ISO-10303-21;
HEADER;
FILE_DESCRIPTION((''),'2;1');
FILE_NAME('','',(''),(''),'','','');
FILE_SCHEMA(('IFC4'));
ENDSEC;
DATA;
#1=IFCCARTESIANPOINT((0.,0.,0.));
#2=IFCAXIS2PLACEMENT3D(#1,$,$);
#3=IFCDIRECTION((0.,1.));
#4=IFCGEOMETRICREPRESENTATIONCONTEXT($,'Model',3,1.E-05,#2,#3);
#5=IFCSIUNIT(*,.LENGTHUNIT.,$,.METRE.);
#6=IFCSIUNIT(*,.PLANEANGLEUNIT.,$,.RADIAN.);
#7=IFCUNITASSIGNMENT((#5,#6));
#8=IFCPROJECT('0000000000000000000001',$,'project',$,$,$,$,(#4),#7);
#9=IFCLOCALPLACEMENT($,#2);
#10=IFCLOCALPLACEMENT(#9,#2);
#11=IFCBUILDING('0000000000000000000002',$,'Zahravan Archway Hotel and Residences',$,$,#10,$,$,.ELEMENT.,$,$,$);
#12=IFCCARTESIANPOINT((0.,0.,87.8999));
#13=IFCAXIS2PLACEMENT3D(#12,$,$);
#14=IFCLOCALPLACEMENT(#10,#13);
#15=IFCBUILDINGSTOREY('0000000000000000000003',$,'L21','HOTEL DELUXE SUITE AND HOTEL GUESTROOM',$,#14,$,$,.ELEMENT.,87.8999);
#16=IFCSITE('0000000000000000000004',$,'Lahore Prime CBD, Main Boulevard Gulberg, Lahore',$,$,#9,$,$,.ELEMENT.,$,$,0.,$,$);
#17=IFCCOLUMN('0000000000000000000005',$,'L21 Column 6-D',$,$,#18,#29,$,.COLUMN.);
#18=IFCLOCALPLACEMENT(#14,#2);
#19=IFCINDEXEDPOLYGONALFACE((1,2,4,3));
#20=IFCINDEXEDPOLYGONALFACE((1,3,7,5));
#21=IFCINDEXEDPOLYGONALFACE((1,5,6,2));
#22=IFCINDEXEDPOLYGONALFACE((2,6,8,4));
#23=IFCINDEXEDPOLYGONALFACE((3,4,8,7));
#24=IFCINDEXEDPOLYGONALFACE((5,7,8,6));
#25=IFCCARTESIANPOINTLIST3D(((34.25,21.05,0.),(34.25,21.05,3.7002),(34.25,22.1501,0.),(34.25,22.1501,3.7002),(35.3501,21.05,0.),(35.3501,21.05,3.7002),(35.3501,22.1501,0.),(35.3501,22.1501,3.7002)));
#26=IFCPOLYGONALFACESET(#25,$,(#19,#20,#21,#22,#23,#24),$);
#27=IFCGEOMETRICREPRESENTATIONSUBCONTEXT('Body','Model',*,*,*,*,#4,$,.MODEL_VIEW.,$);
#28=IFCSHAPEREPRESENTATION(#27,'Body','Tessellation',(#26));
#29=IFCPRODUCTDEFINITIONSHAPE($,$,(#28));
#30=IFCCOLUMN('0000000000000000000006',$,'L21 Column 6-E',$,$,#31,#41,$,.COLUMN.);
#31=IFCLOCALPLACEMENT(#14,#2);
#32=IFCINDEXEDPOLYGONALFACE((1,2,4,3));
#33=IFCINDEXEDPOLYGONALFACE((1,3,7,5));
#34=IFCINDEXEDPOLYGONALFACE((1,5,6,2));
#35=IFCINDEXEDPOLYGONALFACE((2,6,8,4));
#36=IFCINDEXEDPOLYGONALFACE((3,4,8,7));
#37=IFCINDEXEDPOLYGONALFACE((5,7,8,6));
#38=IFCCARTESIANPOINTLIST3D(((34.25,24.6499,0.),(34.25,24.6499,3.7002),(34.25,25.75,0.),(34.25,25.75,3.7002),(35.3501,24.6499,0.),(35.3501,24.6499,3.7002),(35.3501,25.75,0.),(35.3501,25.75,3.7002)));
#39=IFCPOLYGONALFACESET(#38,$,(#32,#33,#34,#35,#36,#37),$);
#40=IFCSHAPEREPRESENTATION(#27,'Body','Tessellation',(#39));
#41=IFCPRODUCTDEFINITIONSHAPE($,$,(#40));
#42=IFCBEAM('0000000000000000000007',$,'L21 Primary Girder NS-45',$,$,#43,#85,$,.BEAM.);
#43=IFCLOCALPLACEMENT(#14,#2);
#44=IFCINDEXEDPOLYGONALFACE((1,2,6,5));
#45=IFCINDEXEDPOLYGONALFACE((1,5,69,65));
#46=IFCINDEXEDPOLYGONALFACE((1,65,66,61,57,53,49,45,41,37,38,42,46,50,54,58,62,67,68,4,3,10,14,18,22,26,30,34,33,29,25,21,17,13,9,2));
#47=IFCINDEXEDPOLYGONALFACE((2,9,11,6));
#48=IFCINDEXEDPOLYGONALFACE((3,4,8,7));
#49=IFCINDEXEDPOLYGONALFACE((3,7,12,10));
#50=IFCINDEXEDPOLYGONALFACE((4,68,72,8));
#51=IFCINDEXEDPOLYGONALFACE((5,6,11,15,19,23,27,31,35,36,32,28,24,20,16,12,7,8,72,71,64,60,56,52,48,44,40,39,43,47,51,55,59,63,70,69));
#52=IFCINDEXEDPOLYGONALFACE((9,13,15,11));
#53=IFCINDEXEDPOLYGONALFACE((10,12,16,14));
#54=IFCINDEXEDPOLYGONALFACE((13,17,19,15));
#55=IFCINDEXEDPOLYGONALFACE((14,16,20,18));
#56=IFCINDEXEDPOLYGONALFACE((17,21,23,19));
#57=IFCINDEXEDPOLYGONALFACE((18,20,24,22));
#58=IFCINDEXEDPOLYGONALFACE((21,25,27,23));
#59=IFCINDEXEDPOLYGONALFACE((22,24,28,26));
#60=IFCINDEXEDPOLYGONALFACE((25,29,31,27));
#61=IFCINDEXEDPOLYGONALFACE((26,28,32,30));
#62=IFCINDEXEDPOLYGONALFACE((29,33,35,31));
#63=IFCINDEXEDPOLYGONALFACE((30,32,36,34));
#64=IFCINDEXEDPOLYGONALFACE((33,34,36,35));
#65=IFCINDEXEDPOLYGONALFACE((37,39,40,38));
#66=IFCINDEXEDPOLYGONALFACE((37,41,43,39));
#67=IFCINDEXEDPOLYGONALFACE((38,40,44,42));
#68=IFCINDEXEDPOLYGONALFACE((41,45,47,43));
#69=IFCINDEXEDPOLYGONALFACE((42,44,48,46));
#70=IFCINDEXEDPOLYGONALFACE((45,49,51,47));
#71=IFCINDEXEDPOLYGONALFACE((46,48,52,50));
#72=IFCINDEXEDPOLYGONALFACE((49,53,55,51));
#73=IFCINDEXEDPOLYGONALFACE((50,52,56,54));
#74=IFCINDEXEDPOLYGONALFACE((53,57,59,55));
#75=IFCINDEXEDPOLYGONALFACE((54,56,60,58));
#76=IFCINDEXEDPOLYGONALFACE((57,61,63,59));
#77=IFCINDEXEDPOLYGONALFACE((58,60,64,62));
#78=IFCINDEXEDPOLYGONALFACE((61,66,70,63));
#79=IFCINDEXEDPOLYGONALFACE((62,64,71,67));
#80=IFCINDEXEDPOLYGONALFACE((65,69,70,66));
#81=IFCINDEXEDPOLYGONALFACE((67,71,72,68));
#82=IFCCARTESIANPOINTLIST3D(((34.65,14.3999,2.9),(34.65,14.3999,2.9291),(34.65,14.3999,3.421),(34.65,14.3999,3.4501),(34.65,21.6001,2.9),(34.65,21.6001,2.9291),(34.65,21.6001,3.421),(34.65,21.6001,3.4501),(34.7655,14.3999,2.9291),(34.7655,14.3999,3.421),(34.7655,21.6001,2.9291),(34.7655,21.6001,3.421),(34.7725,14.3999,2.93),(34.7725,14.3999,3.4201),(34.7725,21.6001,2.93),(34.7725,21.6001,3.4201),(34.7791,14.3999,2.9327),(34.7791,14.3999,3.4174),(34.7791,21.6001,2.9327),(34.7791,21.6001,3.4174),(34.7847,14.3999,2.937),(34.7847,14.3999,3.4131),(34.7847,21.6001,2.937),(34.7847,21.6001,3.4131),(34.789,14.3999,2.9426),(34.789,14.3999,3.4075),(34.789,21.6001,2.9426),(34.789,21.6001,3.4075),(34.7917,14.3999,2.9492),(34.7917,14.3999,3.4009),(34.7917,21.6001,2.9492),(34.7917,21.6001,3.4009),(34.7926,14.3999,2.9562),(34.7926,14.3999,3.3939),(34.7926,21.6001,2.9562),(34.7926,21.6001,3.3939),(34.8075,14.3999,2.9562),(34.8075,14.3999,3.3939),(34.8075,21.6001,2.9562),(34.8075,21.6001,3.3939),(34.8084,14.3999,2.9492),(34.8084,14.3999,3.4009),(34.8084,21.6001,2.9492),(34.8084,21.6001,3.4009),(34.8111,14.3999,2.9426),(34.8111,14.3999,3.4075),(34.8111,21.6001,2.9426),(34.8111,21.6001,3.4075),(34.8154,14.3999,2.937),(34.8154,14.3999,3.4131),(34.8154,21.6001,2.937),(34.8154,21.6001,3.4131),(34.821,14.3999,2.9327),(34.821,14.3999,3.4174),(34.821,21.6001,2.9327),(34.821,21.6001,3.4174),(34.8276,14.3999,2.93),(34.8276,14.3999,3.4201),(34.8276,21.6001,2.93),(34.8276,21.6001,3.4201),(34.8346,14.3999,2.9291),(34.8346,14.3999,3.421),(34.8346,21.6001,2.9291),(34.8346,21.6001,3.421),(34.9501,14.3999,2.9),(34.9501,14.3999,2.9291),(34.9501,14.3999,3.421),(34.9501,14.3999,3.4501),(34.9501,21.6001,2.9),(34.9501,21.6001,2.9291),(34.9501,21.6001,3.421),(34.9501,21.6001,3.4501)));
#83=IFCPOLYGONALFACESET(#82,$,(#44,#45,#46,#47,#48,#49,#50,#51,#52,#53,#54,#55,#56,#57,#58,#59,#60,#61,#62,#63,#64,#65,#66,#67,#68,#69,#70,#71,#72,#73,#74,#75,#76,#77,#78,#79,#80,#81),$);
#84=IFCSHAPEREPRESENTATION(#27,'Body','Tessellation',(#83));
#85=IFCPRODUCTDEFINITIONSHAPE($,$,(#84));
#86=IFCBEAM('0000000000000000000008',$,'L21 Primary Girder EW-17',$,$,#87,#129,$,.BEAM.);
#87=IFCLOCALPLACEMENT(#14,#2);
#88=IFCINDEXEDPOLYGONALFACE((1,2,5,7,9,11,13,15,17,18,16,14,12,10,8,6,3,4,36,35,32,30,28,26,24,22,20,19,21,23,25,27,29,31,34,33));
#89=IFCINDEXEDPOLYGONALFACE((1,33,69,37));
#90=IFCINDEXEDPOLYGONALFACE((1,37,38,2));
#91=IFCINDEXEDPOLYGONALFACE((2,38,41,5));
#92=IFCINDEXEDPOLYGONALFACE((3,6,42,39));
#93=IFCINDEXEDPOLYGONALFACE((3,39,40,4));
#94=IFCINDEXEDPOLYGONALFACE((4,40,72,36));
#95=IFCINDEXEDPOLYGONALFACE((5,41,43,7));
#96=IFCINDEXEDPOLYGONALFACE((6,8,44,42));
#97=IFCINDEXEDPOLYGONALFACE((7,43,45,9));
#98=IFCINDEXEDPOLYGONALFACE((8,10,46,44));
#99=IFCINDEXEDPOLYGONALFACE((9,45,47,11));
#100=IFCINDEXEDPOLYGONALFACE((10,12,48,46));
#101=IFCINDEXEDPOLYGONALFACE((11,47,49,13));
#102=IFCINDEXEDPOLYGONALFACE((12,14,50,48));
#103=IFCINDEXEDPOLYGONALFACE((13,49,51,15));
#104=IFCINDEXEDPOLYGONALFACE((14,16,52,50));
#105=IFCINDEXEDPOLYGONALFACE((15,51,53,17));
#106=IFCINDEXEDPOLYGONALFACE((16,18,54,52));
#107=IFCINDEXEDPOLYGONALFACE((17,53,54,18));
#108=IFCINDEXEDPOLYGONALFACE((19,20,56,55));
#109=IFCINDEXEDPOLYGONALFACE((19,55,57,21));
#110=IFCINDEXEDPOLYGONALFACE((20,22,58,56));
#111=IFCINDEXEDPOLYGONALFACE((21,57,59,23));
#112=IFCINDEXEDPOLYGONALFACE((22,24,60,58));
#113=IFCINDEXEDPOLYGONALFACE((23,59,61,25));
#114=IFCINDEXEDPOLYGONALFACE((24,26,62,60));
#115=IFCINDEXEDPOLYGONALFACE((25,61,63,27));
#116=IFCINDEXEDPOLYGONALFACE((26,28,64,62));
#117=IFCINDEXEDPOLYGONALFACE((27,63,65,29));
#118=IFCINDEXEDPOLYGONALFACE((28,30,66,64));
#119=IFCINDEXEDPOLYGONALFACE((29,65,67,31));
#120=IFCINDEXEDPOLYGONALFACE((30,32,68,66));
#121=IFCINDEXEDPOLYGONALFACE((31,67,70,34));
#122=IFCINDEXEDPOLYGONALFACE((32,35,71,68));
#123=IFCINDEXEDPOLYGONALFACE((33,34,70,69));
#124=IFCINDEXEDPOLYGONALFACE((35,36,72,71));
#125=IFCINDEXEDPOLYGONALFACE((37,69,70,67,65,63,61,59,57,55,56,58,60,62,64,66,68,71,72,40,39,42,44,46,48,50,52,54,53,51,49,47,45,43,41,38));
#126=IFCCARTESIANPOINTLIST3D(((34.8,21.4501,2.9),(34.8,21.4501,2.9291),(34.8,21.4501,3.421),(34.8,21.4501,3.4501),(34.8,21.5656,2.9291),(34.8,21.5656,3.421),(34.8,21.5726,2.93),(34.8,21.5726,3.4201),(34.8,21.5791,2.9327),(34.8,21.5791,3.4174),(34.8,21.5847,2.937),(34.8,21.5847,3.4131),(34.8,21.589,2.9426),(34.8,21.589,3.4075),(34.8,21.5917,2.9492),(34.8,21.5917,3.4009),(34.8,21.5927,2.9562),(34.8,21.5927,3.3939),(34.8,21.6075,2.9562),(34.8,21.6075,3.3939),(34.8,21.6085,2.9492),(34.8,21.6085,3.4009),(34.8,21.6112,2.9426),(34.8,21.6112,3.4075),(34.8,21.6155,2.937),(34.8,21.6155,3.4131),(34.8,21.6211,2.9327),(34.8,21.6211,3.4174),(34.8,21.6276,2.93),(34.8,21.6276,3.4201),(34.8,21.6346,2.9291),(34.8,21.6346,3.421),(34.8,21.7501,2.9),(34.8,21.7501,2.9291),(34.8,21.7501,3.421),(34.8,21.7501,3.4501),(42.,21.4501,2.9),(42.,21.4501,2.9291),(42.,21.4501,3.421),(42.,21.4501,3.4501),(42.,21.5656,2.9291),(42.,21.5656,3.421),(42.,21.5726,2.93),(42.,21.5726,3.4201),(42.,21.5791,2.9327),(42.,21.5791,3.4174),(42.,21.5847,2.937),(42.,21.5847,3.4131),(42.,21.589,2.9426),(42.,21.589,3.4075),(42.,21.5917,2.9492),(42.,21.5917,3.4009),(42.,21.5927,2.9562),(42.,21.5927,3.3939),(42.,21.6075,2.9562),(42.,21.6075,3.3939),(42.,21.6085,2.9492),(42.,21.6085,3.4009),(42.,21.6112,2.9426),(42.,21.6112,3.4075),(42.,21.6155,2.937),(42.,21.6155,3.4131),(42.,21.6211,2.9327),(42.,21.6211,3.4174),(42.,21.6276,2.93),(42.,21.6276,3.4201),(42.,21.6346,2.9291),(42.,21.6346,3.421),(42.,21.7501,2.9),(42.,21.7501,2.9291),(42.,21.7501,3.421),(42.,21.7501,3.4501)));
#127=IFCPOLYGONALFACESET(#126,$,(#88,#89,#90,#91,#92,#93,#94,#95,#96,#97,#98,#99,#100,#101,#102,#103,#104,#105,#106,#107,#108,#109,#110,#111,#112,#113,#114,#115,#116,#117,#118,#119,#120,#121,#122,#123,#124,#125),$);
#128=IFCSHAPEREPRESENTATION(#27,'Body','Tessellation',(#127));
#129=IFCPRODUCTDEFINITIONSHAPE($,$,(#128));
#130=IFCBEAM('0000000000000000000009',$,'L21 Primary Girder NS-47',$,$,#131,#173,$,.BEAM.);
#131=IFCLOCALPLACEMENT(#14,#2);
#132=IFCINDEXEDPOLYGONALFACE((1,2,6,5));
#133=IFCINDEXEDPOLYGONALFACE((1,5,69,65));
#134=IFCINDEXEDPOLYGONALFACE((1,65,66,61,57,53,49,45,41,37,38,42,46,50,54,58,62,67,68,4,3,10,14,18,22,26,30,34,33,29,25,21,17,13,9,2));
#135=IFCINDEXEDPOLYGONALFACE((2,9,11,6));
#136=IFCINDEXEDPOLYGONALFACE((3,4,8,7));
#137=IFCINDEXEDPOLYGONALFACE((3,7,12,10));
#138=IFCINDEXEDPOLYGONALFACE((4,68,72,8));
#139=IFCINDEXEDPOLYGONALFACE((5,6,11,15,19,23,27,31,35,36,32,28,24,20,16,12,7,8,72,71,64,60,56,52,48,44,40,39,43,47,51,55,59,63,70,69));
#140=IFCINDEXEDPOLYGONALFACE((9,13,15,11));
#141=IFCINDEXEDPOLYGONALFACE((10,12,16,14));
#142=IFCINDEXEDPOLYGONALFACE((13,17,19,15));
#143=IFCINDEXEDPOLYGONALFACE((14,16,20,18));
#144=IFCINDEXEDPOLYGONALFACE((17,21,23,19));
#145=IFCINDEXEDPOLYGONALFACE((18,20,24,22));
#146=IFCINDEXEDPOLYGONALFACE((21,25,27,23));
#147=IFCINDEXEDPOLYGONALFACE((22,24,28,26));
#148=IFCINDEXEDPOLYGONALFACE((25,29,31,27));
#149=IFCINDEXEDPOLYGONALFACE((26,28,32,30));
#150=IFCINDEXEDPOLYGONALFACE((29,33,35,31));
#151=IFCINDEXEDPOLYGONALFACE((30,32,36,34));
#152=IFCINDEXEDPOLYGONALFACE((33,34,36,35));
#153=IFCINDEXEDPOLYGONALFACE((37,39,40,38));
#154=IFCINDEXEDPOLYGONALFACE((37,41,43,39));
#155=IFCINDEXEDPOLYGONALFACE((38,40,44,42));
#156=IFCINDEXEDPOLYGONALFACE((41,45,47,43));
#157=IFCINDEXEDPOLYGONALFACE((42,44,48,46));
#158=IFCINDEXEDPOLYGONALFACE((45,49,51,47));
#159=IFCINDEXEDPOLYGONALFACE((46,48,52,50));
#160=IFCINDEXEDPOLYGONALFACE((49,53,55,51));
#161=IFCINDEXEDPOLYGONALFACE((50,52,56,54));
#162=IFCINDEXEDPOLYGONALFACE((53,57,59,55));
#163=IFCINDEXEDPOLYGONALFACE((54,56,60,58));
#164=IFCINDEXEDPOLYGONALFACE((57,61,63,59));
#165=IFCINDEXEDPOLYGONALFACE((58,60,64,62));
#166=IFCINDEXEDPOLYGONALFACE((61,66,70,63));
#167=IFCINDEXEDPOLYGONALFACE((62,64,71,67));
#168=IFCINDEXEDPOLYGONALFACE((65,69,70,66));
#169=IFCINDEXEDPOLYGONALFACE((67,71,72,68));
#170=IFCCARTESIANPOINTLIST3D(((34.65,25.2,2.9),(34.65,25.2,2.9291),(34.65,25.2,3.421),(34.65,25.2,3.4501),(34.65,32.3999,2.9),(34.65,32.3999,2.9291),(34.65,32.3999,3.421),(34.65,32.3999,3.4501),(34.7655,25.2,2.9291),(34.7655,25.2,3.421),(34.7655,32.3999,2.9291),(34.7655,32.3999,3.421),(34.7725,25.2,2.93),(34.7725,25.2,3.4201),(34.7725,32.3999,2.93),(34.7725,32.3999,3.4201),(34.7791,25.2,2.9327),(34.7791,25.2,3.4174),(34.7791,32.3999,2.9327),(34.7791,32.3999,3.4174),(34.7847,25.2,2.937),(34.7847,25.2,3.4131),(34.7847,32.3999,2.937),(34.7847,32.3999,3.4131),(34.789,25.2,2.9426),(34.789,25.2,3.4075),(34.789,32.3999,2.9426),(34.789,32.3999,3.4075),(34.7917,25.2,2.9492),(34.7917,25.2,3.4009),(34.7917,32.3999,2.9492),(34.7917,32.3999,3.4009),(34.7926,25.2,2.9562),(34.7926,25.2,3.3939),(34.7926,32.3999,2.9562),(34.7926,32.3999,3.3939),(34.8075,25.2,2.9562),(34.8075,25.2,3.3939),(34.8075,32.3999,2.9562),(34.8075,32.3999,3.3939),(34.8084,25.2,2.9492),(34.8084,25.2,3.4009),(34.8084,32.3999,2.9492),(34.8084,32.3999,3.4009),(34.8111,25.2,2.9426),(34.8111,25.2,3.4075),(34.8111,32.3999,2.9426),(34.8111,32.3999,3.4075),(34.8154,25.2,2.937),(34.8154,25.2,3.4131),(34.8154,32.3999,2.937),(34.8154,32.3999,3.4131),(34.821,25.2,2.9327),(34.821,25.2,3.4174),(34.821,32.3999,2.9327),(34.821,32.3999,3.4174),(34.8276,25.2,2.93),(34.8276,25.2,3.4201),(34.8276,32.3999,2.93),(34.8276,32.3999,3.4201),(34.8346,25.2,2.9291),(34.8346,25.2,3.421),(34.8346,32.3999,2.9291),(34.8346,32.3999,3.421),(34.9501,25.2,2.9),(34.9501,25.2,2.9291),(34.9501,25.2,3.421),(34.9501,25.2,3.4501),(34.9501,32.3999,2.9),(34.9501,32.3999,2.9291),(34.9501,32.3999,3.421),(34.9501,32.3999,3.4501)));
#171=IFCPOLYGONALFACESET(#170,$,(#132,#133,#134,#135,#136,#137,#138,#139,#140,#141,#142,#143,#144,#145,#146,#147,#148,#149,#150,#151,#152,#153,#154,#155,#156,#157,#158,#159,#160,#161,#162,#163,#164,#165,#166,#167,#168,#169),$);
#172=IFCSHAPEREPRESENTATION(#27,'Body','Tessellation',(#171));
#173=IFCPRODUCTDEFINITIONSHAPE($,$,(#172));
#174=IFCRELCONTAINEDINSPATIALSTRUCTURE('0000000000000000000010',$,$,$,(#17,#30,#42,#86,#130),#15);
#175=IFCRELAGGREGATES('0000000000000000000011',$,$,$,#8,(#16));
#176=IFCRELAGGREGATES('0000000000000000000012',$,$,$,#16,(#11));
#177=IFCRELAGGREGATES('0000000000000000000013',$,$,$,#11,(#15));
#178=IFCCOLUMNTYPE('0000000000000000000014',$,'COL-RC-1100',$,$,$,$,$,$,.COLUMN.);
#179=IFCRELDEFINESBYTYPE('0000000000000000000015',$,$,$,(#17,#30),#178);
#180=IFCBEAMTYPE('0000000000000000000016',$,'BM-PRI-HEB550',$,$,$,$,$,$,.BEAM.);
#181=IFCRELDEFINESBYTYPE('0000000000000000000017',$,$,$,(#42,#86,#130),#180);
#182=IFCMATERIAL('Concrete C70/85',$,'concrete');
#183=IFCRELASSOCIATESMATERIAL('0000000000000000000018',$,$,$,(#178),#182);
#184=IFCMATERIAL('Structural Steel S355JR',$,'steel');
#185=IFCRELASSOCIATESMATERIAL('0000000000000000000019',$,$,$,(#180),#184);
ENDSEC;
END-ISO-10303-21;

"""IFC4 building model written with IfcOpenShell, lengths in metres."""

from ifc_helpers import new_model, si_unit, direction, frame, origin, origin_2d, place, context, subcontext, project, spatial, rectangle, i_section, extrude, source, transform, mapped, material, material_profile, profile_set, type_object, type_shapes, element, save


model = new_model("IFC4")

# Units and contexts
model_context = context("Model", 3, precision=1e-05, world=origin(), true_north=direction((0.0, 1.0)))
body_context = subcontext(model_context, "Body", "Model", "MODEL_VIEW")
ifc_project = project(units=[si_unit("LENGTHUNIT", "METRE"), si_unit("PLANEANGLEUNIT", "RADIAN")], contexts=[model_context])

# Site, building, storey
site_placement = place(None, origin())
site = spatial("IfcSite", under=ifc_project, at=site_placement, Name="Lahore Prime CBD, Main Boulevard Gulberg, Lahore", CompositionType="ELEMENT", RefElevation=0.0)
building_placement = place(site_placement, origin())
building = spatial("IfcBuilding", under=site, at=building_placement, Name="Zahravan Archway Hotel and Residences", CompositionType="ELEMENT")
storey_placement = place(building_placement, frame((0.0, 0.0, 87.8999)))
storey = spatial("IfcBuildingStorey", under=building, at=storey_placement, Name="L21", Description="HOTEL DELUXE SUITE AND HOTEL GUESTROOM", CompositionType="ELEMENT", Elevation=87.8999)

# Columns
ifc_material_1 = material(Name="Concrete C70/85", Category="concrete")
ifc_material_profile_1 = material_profile(ifc_material_1, rectangle(XDim=1.1001, YDim=1.1001, at=origin_2d()), Name="RC 1100x1100", Category="concrete")
ifc_profile_set_1 = profile_set([ifc_material_profile_1], Name="Concrete C70/85")
column_type = type_object("IfcColumnType", Name="COL-RC-1100", PredefinedType="COLUMN", material=ifc_profile_set_1)
shared_shape_1 = source(origin(), body_context, "Body", "SweptSolid", [
    extrude(rectangle(XDim=1.1001, YDim=1.1001, at=origin_2d()), origin(), (0.0, 0.0, 1.0), 3.7002),
])
for number, where, z_axis, x_axis, name in (
    (1, (34.8, 21.6001, 0.0), (0.0, 0.0, 1.0), (1.0, 0.0, 0.0), "L21 Column 6-D"),
    (2, (34.8, 25.2, 0.0), (0.0, 0.0, 1.0), (1.0, 0.0, 0.0), "L21 Column 6-E"),
):
    element("IfcColumn", number, at=place(storey_placement, frame(where, z_axis=z_axis, x_axis=x_axis)), inside=storey, type_object=column_type, Name=name, PredefinedType="COLUMN", context=body_context, shape_type="MappedRepresentation", body=[
        mapped(shared_shape_1, transform((0.0, 0.0, 0.0), scale=1.0)),
    ])

# Beams
ifc_material_2 = material(Name="Structural Steel S355JR", Category="steel")
ifc_material_profile_2 = material_profile(ifc_material_2, i_section(OverallWidth=0.3, OverallDepth=0.55, WebThickness=0.0149, FlangeThickness=0.0291, FilletRadius=0.0271, at=origin_2d()), Name="HEB 550", Category="steel")
ifc_profile_set_2 = profile_set([ifc_material_profile_2], Name="Structural Steel S355JR")
beam_type = type_object("IfcBeamType", Name="BM-PRI-HEB550", PredefinedType="BEAM", material=ifc_profile_set_2)
shared_shape_2 = source(origin(), body_context, "Body", "SweptSolid", [
    extrude(i_section(OverallWidth=0.3, OverallDepth=0.55, WebThickness=0.0149, FlangeThickness=0.0291, FilletRadius=0.0271, at=origin_2d()), origin(), (0.0, 0.0, 1.0), 7.2002),
])
type_shapes(beam_type, [shared_shape_2])
beam_1_placement = place(storey_placement, frame((34.8, 14.3999, 3.175), z_axis=(0.0, 1.0, 0.0), x_axis=(-1.0, 0.0, 0.0)))
element("IfcBeam", 3, at=beam_1_placement, inside=storey, type_object=beam_type, Name="L21 Primary Girder NS-45", PredefinedType="BEAM", context=body_context, shape_type="MappedRepresentation", body=[
    mapped(shared_shape_2, transform((0.0, 0.0, 0.0), scale=1.0)),
])
shared_shape_3 = source(origin(), body_context, "Body", "SweptSolid", [
    extrude(i_section(OverallWidth=0.3, OverallDepth=0.55, WebThickness=0.0149, FlangeThickness=0.0291, FilletRadius=0.0271, at=origin_2d()), origin(), (0.0, 0.0, 1.0), 7.2),
])
for number, where, z_axis, x_axis, name in (
    (4, (34.8, 21.6001, 3.175), (1.0, 0.0, 0.0), (0.0, 1.0, 0.0), "L21 Primary Girder EW-17"),
    (5, (34.8, 25.2, 3.175), (0.0, 1.0, 0.0), (-1.0, 0.0, 0.0), "L21 Primary Girder NS-47"),
):
    element("IfcBeam", number, at=place(storey_placement, frame(where, z_axis=z_axis, x_axis=x_axis)), inside=storey, type_object=beam_type, Name=name, PredefinedType="BEAM", context=body_context, shape_type="MappedRepresentation", body=[
        mapped(shared_shape_3, transform((0.0, 0.0, 0.0), scale=1.0)),
    ])

save(model, "model.ifc")
